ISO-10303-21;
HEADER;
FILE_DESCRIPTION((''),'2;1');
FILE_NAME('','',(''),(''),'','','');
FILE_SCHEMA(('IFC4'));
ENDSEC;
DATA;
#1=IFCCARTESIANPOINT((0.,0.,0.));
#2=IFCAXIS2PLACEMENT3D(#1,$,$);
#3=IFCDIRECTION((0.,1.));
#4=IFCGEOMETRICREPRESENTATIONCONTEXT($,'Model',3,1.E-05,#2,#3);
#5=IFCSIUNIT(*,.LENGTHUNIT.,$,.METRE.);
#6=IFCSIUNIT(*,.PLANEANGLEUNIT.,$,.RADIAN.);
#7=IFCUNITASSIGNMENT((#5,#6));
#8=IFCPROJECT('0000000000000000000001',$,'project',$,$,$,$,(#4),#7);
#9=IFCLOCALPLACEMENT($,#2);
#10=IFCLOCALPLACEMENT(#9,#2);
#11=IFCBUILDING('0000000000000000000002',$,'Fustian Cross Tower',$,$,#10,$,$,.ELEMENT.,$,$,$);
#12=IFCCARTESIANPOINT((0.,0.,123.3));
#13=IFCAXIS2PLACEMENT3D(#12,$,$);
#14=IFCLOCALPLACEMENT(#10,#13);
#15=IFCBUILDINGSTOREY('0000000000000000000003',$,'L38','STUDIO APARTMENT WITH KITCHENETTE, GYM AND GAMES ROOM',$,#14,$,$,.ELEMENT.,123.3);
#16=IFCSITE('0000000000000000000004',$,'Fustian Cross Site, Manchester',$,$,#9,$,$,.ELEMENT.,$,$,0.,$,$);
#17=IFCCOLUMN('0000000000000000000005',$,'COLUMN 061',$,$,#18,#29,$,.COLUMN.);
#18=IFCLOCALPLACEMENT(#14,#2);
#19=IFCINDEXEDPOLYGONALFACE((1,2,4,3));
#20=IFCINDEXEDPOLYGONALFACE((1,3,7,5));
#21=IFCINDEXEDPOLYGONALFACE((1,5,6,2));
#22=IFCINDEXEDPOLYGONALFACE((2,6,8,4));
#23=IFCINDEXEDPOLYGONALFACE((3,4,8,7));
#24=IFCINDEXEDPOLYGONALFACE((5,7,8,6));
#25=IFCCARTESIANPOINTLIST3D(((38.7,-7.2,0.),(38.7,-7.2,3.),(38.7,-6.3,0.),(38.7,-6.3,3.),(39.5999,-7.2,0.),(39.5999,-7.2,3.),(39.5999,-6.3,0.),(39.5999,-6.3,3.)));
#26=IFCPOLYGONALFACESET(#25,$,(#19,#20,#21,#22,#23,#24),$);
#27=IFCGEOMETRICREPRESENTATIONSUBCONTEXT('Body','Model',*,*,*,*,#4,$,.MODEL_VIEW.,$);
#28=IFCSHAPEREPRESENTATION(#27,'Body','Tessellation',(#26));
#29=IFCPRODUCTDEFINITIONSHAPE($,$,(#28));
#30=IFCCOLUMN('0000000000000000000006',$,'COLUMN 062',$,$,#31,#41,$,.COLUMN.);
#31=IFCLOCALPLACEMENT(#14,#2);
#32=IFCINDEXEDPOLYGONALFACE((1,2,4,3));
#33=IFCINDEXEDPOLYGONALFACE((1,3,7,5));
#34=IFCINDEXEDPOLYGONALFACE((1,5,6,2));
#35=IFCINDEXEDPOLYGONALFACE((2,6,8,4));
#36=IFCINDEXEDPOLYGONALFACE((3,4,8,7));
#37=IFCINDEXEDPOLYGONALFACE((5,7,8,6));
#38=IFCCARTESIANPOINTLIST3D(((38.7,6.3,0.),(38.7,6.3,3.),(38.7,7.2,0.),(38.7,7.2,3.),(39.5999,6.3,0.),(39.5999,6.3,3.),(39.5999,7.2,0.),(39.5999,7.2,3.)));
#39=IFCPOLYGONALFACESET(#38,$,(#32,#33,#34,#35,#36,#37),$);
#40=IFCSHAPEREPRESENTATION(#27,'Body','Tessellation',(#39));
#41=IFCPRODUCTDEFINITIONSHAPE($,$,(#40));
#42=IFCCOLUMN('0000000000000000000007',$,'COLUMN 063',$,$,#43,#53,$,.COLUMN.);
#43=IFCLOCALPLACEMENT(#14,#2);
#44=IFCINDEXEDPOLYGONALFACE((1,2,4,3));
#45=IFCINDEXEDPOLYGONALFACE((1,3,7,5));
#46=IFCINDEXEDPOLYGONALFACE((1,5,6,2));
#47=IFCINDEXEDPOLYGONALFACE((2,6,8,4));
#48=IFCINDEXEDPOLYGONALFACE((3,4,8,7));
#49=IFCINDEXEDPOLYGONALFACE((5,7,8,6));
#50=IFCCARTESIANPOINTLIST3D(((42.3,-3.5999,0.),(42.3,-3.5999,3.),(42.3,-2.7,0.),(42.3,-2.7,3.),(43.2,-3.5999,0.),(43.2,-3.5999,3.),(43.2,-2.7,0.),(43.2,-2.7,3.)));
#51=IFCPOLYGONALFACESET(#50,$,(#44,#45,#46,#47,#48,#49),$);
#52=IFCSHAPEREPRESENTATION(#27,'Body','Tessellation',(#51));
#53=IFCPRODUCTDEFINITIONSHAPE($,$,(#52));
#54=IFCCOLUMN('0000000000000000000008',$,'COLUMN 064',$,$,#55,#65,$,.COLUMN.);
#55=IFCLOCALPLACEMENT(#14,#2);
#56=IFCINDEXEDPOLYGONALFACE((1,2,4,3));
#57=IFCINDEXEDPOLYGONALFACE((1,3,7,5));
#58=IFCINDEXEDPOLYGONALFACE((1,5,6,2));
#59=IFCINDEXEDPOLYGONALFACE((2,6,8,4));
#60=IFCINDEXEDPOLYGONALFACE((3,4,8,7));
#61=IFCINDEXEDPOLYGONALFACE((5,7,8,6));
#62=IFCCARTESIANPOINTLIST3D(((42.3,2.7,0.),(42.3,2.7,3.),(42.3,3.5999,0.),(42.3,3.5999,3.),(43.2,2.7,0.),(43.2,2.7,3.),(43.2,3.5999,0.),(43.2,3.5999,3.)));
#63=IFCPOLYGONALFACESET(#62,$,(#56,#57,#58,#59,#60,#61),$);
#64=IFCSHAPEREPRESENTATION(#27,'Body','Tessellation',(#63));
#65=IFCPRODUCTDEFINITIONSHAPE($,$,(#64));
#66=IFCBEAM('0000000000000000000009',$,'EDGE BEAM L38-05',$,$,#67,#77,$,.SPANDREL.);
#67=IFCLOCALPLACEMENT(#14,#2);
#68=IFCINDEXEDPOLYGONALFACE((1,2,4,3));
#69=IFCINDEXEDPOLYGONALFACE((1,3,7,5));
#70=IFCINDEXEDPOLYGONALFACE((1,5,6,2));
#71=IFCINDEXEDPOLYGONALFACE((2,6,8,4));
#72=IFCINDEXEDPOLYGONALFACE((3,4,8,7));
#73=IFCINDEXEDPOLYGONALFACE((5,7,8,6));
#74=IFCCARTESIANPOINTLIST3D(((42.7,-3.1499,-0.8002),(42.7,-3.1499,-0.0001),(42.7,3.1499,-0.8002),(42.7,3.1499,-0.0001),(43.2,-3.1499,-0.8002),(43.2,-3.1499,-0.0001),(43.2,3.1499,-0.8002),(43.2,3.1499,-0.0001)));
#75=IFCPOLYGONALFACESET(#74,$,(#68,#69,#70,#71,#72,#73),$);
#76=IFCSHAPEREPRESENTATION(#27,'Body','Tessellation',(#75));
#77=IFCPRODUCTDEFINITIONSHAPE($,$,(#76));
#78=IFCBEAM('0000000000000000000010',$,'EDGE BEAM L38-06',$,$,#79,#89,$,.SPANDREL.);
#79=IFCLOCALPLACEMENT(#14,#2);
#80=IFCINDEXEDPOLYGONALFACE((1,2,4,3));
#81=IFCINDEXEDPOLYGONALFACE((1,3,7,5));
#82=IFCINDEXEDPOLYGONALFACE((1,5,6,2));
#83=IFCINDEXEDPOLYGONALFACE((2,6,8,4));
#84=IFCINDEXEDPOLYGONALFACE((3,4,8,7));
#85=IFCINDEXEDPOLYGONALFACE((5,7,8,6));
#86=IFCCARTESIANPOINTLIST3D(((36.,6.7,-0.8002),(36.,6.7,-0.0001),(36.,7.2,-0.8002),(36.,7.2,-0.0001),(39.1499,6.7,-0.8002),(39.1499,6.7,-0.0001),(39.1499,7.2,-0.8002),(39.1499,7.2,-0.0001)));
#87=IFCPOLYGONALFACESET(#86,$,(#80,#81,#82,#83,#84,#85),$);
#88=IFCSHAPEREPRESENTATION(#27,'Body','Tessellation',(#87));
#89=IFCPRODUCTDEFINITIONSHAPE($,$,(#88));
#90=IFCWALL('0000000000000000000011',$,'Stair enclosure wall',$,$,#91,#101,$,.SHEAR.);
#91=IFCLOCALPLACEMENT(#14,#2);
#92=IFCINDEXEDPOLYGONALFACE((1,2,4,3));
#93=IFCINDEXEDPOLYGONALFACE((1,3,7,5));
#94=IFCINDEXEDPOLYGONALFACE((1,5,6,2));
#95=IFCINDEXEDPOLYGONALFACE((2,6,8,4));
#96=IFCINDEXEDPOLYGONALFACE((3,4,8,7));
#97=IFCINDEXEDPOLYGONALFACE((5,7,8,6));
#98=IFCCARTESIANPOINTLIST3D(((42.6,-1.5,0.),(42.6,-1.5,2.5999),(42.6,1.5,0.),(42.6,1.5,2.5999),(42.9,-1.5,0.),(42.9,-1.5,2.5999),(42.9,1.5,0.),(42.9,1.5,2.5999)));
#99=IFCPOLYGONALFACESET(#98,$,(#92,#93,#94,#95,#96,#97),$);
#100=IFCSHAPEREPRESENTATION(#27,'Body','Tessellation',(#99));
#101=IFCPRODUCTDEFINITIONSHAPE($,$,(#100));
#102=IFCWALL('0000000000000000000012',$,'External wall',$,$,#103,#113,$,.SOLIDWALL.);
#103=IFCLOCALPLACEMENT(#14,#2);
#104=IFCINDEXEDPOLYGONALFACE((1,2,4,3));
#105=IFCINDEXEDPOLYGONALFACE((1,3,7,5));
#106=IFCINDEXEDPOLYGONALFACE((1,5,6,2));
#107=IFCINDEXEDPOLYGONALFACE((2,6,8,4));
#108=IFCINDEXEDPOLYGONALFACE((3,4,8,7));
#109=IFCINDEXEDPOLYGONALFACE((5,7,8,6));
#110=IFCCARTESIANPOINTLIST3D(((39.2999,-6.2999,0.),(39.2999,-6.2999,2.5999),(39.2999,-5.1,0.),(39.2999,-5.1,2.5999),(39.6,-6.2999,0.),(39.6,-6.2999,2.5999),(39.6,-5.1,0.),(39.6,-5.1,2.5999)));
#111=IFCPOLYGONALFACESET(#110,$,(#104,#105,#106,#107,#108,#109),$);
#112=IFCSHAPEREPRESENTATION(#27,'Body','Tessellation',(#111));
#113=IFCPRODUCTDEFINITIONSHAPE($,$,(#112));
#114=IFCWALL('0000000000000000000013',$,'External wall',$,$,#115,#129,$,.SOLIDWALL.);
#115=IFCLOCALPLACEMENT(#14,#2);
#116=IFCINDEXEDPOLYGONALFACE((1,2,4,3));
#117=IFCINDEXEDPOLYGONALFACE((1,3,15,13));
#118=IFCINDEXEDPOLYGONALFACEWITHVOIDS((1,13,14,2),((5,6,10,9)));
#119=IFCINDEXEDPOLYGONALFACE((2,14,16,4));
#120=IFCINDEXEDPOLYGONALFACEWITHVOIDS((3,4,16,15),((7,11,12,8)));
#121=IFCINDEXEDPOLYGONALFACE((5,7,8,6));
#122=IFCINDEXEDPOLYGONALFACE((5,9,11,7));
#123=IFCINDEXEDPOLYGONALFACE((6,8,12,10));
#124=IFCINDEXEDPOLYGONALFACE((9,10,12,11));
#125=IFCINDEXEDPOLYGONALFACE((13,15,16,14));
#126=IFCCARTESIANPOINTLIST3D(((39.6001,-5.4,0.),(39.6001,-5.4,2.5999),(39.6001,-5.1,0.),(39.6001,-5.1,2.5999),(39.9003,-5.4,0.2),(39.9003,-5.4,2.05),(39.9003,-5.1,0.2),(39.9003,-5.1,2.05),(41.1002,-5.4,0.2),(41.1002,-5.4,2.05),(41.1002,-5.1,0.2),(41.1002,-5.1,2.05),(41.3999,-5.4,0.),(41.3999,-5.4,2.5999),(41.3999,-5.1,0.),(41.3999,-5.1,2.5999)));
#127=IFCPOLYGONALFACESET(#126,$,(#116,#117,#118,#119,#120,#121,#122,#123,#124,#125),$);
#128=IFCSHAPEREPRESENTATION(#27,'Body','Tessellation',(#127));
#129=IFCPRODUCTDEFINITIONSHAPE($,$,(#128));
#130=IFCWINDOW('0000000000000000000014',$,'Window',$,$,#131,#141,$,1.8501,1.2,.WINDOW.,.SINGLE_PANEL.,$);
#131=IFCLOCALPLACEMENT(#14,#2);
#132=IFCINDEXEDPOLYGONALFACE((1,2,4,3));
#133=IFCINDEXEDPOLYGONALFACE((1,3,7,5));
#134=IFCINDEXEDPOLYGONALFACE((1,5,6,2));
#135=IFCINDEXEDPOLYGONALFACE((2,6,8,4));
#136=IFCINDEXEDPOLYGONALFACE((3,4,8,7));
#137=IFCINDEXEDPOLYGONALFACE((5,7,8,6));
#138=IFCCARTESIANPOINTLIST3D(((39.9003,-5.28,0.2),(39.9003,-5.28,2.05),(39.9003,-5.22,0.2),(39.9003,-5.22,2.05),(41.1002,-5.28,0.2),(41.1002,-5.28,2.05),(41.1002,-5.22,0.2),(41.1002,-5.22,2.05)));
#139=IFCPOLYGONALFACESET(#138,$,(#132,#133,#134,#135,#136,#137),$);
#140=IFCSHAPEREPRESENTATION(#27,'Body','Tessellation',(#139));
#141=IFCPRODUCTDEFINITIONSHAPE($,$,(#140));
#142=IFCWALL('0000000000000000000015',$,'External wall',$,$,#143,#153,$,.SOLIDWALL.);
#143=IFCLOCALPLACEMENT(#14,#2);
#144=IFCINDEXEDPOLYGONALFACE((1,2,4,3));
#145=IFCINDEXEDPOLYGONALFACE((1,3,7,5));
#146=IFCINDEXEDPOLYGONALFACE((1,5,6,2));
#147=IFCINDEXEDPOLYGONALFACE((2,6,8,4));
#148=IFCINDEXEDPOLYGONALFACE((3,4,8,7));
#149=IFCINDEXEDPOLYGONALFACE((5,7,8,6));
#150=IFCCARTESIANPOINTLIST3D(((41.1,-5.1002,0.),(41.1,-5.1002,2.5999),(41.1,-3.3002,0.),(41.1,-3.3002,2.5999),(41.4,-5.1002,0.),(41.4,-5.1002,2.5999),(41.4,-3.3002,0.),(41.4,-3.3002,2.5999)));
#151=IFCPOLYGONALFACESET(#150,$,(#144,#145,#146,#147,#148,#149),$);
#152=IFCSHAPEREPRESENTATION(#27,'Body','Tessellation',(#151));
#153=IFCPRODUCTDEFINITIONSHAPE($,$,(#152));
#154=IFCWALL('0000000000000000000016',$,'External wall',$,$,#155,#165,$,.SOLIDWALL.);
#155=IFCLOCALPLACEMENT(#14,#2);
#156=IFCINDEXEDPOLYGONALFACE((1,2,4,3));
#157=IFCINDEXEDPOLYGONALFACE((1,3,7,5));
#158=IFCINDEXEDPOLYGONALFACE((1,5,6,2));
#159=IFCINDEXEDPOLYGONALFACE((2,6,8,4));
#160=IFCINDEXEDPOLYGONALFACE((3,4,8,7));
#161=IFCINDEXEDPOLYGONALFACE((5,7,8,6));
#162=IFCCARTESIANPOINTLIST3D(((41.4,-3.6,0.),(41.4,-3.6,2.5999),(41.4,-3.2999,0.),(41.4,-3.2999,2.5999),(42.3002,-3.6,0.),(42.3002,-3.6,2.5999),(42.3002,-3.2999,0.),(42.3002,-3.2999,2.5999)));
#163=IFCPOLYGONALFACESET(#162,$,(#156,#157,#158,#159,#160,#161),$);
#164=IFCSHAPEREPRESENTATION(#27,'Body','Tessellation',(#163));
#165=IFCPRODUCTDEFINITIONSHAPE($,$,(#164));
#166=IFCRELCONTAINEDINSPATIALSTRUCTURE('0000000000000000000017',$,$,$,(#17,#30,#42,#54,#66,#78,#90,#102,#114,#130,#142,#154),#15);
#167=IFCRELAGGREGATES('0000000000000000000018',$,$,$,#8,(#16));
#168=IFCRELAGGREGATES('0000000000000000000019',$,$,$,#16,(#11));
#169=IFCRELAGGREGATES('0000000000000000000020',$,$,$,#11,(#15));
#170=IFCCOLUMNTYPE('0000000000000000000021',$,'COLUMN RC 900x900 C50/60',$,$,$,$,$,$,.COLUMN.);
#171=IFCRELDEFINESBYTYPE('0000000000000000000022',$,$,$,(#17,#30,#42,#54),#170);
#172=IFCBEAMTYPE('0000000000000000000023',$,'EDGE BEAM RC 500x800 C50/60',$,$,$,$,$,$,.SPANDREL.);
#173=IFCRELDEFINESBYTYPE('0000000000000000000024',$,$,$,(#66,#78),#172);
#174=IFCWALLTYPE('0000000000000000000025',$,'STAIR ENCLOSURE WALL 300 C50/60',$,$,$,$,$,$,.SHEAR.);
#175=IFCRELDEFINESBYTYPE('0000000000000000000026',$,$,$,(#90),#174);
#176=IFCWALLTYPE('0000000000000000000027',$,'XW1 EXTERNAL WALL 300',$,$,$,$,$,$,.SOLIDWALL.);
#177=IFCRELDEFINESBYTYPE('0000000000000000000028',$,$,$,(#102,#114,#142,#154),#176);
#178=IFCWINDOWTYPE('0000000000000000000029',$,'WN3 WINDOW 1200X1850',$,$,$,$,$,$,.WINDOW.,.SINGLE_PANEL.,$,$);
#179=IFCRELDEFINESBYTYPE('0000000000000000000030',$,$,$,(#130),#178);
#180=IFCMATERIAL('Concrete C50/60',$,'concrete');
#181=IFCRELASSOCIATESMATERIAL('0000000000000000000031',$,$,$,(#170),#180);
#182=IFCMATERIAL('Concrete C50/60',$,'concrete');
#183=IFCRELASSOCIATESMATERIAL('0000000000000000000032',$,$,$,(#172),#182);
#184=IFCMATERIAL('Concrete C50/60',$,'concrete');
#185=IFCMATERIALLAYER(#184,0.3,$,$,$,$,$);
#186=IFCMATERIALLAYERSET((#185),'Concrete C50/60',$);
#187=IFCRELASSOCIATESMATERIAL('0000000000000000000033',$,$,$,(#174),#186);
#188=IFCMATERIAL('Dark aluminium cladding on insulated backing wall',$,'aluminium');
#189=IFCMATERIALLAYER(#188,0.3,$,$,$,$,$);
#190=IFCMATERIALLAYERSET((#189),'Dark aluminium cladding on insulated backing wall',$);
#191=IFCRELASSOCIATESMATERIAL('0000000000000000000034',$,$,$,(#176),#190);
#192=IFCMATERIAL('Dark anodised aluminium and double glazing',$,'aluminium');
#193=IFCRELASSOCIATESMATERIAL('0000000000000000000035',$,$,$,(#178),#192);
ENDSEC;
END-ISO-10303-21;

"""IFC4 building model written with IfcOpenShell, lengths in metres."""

from ifc_helpers import new_model, si_unit, direction, frame, frame_2d, origin, origin_2d, place, context, subcontext, project, spatial, rectangle, extrude, material, layer, layer_set, material_profile, profile_set, type_object, element, fill, save


model = new_model("IFC4")

# Units and contexts
model_context = context("Model", 3, precision=1e-05, world=origin(), true_north=direction((0.0, 1.0)))
body_context = subcontext(model_context, "Body", "Model", "MODEL_VIEW")
ifc_project = project(units=[si_unit("LENGTHUNIT", "METRE"), si_unit("PLANEANGLEUNIT", "RADIAN")], contexts=[model_context])

# Site, building, storey
site_placement = place(None, origin())
site = spatial("IfcSite", under=ifc_project, at=site_placement, Name="Fustian Cross Site, Manchester", CompositionType="ELEMENT", RefElevation=0.0)
building_placement = place(site_placement, origin())
building = spatial("IfcBuilding", under=site, at=building_placement, Name="Fustian Cross Tower", CompositionType="ELEMENT")
storey_placement = place(building_placement, frame((0.0, 0.0, 123.3)))
storey = spatial("IfcBuildingStorey", under=building, at=storey_placement, Name="L38", Description="STUDIO APARTMENT WITH KITCHENETTE, GYM AND GAMES ROOM", CompositionType="ELEMENT", Elevation=123.3)

# Columns
ifc_material_1 = material(Name="Concrete C50/60", Category="concrete")
ifc_material_profile_1 = material_profile(ifc_material_1, rectangle(XDim=0.8999, YDim=0.8999, at=origin_2d()), Name="RC 900x900")
ifc_profile_set_1 = profile_set([ifc_material_profile_1], Name="Concrete C50/60")
column_type = type_object("IfcColumnType", Name="COLUMN RC 900x900 C50/60", PredefinedType="COLUMN", material=ifc_profile_set_1)
for number, where, z_axis, x_axis, name in (
    (1, (39.1499, -6.75, 0.0), (0.0, 0.0, 1.0), (1.0, 0.0, 0.0), "COLUMN 061"),
    (2, (39.1499, 6.75, 0.0), (0.0, 0.0, 1.0), (1.0, 0.0, 0.0), "COLUMN 062"),
    (3, (42.75, -3.1499, 0.0), (0.0, 0.0, 1.0), (1.0, 0.0, 0.0), "COLUMN 063"),
    (4, (42.75, 3.1499, 0.0), (0.0, 0.0, 1.0), (1.0, 0.0, 0.0), "COLUMN 064"),
):
    element("IfcColumn", number, at=place(storey_placement, frame(where, z_axis=z_axis, x_axis=x_axis)), inside=storey, type_object=column_type, Name=name, PredefinedType="COLUMN", context=body_context, shape_type="SweptSolid", body=[
        extrude(rectangle(XDim=0.8999, YDim=0.8999, at=origin_2d()), origin(), (0.0, 0.0, 1.0), 3.0),
    ])

# Beams
ifc_material_2 = material(Name="Concrete C50/60", Category="concrete")
ifc_material_profile_2 = material_profile(ifc_material_2, rectangle(XDim=0.5, YDim=0.8, at=origin_2d()), Name="RC 500x800")
ifc_profile_set_2 = profile_set([ifc_material_profile_2], Name="Concrete C50/60")
beam_type = type_object("IfcBeamType", Name="EDGE BEAM RC 500x800 C50/60", PredefinedType="SPANDREL", material=ifc_profile_set_2)
beam_1_placement = place(storey_placement, frame((42.95, -3.1499, -0.4001), z_axis=(0.0, 1.0, 0.0), x_axis=(-1.0, 0.0, 0.0)))
element("IfcBeam", 5, at=beam_1_placement, inside=storey, type_object=beam_type, Name="EDGE BEAM L38-05", PredefinedType="SPANDREL", context=body_context, shape_type="SweptSolid", body=[
    extrude(rectangle(XDim=0.5, YDim=0.8, at=origin_2d()), origin(), (0.0, 0.0, 1.0), 6.2998),
])
beam_2_placement = place(storey_placement, frame((39.1499, 6.95, -0.4001), z_axis=(-1.0, 0.0, 0.0), x_axis=(0.0, -1.0, 0.0)))
element("IfcBeam", 6, at=beam_2_placement, inside=storey, type_object=beam_type, Name="EDGE BEAM L38-06", PredefinedType="SPANDREL", context=body_context, shape_type="SweptSolid", body=[
    extrude(rectangle(XDim=0.5, YDim=0.8, at=origin_2d()), origin(), (0.0, 0.0, 1.0), 3.1499),
])

# Walls
ifc_material_3 = material(Name="Concrete C50/60", Category="concrete")
ifc_layer_1 = layer(ifc_material_3, 0.3)
ifc_layer_set_1 = layer_set([ifc_layer_1], Name="Concrete C50/60")
wall_type_1 = type_object("IfcWallType", Name="STAIR ENCLOSURE WALL 300 C50/60", PredefinedType="SHEAR", material=ifc_layer_set_1)
wall_1_placement = place(storey_placement, frame((42.75, -1.5, 0.0), z_axis=(0.0, 0.0, 1.0), x_axis=(0.0, 1.0, 0.0)))
element("IfcWall", 7, at=wall_1_placement, inside=storey, type_object=wall_type_1, Name="Stair enclosure wall", PredefinedType="SHEAR", context=body_context, shape_type="SweptSolid", body=[
    extrude(rectangle(XDim=3.0, YDim=0.3, at=frame_2d((1.5, 0.0))), origin(), (0.0, 0.0, 1.0), 2.5999),
])
ifc_material_4 = material(Name="Dark aluminium cladding on insulated backing wall", Category="aluminium")
ifc_layer_2 = layer(ifc_material_4, 0.3)
ifc_layer_set_2 = layer_set([ifc_layer_2], Name="Dark aluminium cladding on insulated backing wall")
wall_type_2 = type_object("IfcWallType", Name="XW1 EXTERNAL WALL 300", PredefinedType="SOLIDWALL", material=ifc_layer_set_2)
wall_2_placement = place(storey_placement, frame((39.45, -6.3, 0.0), z_axis=(0.0, 0.0, 1.0), x_axis=(0.0, 1.0, 0.0)))
element("IfcWall", 8, at=wall_2_placement, inside=storey, type_object=wall_type_2, Name="External wall", PredefinedType="SOLIDWALL", context=body_context, shape_type="SweptSolid", body=[
    extrude(rectangle(XDim=1.2, YDim=0.3, at=frame_2d((0.6001, 0.0))), origin(), (0.0, 0.0, 1.0), 2.5999),
])

# Wall, opening, window
wall_3_placement = place(storey_placement, frame((39.6001, -5.25, 0.0), z_axis=(0.0, 0.0, 1.0), x_axis=(1.0, 0.0, 0.0)))
wall_3 = element("IfcWall", 9, at=wall_3_placement, inside=storey, type_object=wall_type_2, Name="External wall", PredefinedType="SOLIDWALL", context=body_context, shape_type="SweptSolid", body=[
    extrude(rectangle(XDim=1.7998, YDim=0.3, at=frame_2d((0.8999, 0.0))), origin(), (0.0, 0.0, 1.0), 2.5999),
])
opening_1_placement = place(wall_3_placement, frame((0.3, 0.0, 0.2)))
opening_1 = element("IfcOpeningElement", 10, at=opening_1_placement, cuts=wall_3, PredefinedType="OPENING", context=body_context, shape_type="SweptSolid", body=[
    extrude(rectangle(XDim=1.2, YDim=1.8501, at=frame_2d((0.6001, 0.925))), frame((0.0, 0.1599, 0.0), z_axis=(0.0, -1.0, 0.0), x_axis=(1.0, 0.0, 0.0)), (0.0, 0.0, 1.0), 0.3201),
])
ifc_material_5 = material(Name="Dark anodised aluminium and double glazing", Category="aluminium")
window_type_1 = type_object("IfcWindowType", Name="WN3 WINDOW 1200X1850", PartitioningType="SINGLE_PANEL", PredefinedType="WINDOW", material=ifc_material_5)
window_1_placement = place(opening_1_placement, origin())
window_1 = element("IfcWindow", 11, at=window_1_placement, inside=storey, type_object=window_type_1, Name="Window", OverallHeight=1.8501, OverallWidth=1.2, PartitioningType="SINGLE_PANEL", PredefinedType="WINDOW", context=body_context, shape_type="SweptSolid", body=[
    extrude(rectangle(XDim=1.2, YDim=1.8501, at=frame_2d((0.6001, 0.925))), frame((0.0, 0.03, 0.0), z_axis=(0.0, -1.0, 0.0), x_axis=(1.0, 0.0, 0.0)), (0.0, 0.0, 1.0), 0.0601),
])
fill(opening_1, window_1)

# Walls
wall_4_placement = place(storey_placement, frame((41.25, -5.1001, 0.0), z_axis=(0.0, 0.0, 1.0), x_axis=(0.0, 1.0, 0.0)))
element("IfcWall", 12, at=wall_4_placement, inside=storey, type_object=wall_type_2, Name="External wall", PredefinedType="SOLIDWALL", context=body_context, shape_type="SweptSolid", body=[
    extrude(rectangle(XDim=1.8, YDim=0.3, at=frame_2d((0.8999, 0.0))), origin(), (0.0, 0.0, 1.0), 2.5999),
])
wall_5_placement = place(storey_placement, frame((41.3999, -3.45, 0.0), z_axis=(0.0, 0.0, 1.0), x_axis=(1.0, 0.0, 0.0)))
element("IfcWall", 13, at=wall_5_placement, inside=storey, type_object=wall_type_2, Name="External wall", PredefinedType="SOLIDWALL", context=body_context, shape_type="SweptSolid", body=[
    extrude(rectangle(XDim=0.9001, YDim=0.3, at=frame_2d((0.4502, 0.0))), origin(), (0.0, 0.0, 1.0), 2.5999),
])

save(model, "model.ifc")
